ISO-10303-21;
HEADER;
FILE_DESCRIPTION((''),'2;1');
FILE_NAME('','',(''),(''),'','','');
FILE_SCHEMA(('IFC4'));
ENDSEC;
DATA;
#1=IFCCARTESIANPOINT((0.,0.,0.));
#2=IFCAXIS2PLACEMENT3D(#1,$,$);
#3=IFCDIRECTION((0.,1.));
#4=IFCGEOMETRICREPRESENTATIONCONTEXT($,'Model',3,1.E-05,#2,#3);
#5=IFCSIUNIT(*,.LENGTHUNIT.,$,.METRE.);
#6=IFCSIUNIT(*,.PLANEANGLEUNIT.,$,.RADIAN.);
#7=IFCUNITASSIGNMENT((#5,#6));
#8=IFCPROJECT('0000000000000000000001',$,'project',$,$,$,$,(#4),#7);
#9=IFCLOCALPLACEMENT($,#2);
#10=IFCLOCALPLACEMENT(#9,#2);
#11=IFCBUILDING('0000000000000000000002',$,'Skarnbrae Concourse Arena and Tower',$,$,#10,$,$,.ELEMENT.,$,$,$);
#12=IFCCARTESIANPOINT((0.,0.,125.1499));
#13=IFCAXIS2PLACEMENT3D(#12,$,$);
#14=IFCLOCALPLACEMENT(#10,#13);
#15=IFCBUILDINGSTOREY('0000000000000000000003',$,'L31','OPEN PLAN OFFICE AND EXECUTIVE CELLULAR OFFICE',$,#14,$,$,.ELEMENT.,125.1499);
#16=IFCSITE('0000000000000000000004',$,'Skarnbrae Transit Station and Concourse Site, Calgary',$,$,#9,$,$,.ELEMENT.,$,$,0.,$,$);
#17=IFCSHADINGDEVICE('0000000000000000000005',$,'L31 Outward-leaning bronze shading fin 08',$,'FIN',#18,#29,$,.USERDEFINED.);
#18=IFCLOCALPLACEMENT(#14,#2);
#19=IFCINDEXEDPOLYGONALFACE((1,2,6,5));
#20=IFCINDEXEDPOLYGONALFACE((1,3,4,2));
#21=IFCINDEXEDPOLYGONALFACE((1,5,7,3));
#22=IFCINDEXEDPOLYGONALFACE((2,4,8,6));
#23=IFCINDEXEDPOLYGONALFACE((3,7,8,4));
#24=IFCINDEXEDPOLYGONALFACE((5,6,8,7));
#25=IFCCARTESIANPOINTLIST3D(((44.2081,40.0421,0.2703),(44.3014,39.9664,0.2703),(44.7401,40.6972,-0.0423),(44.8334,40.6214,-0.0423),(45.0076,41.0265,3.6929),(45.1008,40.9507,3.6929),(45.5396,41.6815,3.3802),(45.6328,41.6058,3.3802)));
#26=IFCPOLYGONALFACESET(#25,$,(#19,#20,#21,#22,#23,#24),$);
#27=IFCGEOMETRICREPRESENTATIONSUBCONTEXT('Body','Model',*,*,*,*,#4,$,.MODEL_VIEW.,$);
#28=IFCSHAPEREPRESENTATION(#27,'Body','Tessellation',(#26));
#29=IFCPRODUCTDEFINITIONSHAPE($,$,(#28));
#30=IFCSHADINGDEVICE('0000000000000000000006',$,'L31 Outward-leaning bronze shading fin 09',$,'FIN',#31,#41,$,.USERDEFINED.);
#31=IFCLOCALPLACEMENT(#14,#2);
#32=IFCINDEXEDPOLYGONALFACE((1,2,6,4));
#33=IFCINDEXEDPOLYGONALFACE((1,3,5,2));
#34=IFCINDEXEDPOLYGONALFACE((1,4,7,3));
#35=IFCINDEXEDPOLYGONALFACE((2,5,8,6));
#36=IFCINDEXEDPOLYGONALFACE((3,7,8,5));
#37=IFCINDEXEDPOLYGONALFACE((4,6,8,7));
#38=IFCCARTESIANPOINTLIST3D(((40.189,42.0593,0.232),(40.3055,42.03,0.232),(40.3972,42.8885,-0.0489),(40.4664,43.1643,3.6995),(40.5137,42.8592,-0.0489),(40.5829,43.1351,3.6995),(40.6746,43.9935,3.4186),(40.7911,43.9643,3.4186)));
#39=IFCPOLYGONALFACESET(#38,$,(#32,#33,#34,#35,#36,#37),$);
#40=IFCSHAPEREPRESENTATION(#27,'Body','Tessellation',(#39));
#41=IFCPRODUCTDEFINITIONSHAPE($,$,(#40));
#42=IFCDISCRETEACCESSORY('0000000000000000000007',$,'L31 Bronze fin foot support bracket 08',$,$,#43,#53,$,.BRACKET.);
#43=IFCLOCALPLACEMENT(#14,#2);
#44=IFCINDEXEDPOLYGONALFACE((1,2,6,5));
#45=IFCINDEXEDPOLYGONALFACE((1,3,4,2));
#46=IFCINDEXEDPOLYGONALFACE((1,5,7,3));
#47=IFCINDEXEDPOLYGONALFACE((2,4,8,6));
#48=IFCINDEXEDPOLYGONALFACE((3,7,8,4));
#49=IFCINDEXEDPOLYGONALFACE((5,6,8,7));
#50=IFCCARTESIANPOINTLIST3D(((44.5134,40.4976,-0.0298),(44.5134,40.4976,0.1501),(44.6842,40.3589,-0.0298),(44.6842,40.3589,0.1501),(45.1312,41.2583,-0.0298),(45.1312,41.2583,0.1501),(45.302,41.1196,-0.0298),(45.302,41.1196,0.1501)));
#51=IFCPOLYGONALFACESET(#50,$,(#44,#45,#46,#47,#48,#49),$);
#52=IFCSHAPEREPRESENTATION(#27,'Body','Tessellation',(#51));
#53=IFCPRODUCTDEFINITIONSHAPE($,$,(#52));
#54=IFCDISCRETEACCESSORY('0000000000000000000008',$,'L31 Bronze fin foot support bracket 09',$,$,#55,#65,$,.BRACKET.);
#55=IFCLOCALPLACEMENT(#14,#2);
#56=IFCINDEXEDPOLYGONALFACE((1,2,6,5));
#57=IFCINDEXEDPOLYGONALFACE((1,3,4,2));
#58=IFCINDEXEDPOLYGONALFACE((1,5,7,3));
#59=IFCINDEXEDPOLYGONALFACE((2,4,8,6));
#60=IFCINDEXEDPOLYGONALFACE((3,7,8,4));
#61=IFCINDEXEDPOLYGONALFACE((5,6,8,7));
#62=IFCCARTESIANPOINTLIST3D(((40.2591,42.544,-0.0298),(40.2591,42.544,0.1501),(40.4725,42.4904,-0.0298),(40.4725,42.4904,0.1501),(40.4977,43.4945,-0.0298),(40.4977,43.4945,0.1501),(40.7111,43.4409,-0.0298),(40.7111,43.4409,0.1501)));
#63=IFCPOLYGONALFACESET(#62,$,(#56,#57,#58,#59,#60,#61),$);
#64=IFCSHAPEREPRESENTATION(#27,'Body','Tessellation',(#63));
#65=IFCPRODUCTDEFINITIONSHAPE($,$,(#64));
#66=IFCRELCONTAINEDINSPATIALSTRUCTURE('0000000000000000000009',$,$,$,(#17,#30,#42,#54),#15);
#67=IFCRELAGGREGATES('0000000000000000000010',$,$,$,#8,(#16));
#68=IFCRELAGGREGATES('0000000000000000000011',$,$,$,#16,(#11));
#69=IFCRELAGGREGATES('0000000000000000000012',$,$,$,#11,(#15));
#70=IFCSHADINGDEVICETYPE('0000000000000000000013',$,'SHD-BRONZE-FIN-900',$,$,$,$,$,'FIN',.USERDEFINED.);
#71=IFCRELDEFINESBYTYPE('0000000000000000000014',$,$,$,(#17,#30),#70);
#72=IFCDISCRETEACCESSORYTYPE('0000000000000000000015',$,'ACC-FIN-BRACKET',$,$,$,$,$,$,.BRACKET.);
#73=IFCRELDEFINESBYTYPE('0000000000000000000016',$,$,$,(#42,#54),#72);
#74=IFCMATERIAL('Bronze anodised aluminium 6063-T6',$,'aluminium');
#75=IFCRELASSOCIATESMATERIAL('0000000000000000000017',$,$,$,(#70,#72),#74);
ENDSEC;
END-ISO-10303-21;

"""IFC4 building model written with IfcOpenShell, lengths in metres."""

from ifc_helpers import new_model, si_unit, direction, frame, origin, origin_2d, place, context, subcontext, project, spatial, rectangle, extrude, source, transform, mapped, material, type_object, element, save


model = new_model("IFC4")

# Units and contexts
model_context = context("Model", 3, precision=1e-05, world=origin(), true_north=direction((0.0, 1.0)))
body_context = subcontext(model_context, "Body", "Model", "MODEL_VIEW")
ifc_project = project(units=[si_unit("LENGTHUNIT", "METRE"), si_unit("PLANEANGLEUNIT", "RADIAN")], contexts=[model_context])

# Site, building, storey
site_placement = place(None, origin())
site = spatial("IfcSite", under=ifc_project, at=site_placement, Name="Skarnbrae Transit Station and Concourse Site, Calgary", CompositionType="ELEMENT", RefElevation=0.0)
building_placement = place(site_placement, origin())
building = spatial("IfcBuilding", under=site, at=building_placement, Name="Skarnbrae Concourse Arena and Tower", CompositionType="ELEMENT")
storey_placement = place(building_placement, frame((0.0, 0.0, 125.1499)))
storey = spatial("IfcBuildingStorey", under=building, at=storey_placement, Name="L31", Description="OPEN PLAN OFFICE AND EXECUTIVE CELLULAR OFFICE", CompositionType="ELEMENT", Elevation=125.1499)

# Shared definitions
ifc_material_1 = material(Name="Bronze anodised aluminium 6063-T6", Category="aluminium")

# Shading devices
shading_device_type = type_object("IfcShadingDeviceType", Name="SHD-BRONZE-FIN-900", ElementType="FIN", PredefinedType="USERDEFINED", material=ifc_material_1)
shared_shape_1 = source(origin(), body_context, "Body", "SweptSolid", [
    extrude(rectangle(XDim=0.1201, YDim=0.8999, at=origin_2d()), origin(), (0.0, 0.0, 1.0), 3.6499),
])
for number, where, z_axis, x_axis, name in (
    (1, (44.5208, 40.3318, 0.114), (0.219029, 0.269688, 0.937707), (0.776245, -0.630432, 0.0), "L31 Outward-leaning bronze shading fin 08"),
    (2, (40.3513, 42.4592, 0.0916), (0.076012, 0.302773, 0.950027), (0.969902, -0.243497, 0.0), "L31 Outward-leaning bronze shading fin 09"),
):
    element("IfcShadingDevice", number, at=place(storey_placement, frame(where, z_axis=z_axis, x_axis=x_axis)), inside=storey, type_object=shading_device_type, Name=name, ObjectType="FIN", PredefinedType="USERDEFINED", context=body_context, shape_type="MappedRepresentation", body=[
        mapped(shared_shape_1, transform((0.0, 0.0, 0.0))),
    ])

# Discrete accessories
discrete_accessory_type = type_object("IfcDiscreteAccessoryType", Name="ACC-FIN-BRACKET", PredefinedType="BRACKET", material=ifc_material_1)
shared_shape_2 = source(origin(), body_context, "Body", "SweptSolid", [
    extrude(rectangle(XDim=0.22, YDim=0.98, at=origin_2d()), origin(), (0.0, 0.0, 1.0), 0.1799),
])
for number, where, z_axis, x_axis, name in (
    (3, (44.9077, 40.8086, -0.0298), (0.0, 0.0, 1.0), (0.776245, -0.630432, 0.0), "L31 Bronze fin foot support bracket 08"),
    (4, (40.4851, 42.9924, -0.0298), (0.0, 0.0, 1.0), (0.969902, -0.243497, 0.0), "L31 Bronze fin foot support bracket 09"),
):
    element("IfcDiscreteAccessory", number, at=place(storey_placement, frame(where, z_axis=z_axis, x_axis=x_axis)), inside=storey, type_object=discrete_accessory_type, Name=name, PredefinedType="BRACKET", context=body_context, shape_type="MappedRepresentation", body=[
        mapped(shared_shape_2, transform((0.0, 0.0, 0.0))),
    ])

save(model, "model.ifc")
